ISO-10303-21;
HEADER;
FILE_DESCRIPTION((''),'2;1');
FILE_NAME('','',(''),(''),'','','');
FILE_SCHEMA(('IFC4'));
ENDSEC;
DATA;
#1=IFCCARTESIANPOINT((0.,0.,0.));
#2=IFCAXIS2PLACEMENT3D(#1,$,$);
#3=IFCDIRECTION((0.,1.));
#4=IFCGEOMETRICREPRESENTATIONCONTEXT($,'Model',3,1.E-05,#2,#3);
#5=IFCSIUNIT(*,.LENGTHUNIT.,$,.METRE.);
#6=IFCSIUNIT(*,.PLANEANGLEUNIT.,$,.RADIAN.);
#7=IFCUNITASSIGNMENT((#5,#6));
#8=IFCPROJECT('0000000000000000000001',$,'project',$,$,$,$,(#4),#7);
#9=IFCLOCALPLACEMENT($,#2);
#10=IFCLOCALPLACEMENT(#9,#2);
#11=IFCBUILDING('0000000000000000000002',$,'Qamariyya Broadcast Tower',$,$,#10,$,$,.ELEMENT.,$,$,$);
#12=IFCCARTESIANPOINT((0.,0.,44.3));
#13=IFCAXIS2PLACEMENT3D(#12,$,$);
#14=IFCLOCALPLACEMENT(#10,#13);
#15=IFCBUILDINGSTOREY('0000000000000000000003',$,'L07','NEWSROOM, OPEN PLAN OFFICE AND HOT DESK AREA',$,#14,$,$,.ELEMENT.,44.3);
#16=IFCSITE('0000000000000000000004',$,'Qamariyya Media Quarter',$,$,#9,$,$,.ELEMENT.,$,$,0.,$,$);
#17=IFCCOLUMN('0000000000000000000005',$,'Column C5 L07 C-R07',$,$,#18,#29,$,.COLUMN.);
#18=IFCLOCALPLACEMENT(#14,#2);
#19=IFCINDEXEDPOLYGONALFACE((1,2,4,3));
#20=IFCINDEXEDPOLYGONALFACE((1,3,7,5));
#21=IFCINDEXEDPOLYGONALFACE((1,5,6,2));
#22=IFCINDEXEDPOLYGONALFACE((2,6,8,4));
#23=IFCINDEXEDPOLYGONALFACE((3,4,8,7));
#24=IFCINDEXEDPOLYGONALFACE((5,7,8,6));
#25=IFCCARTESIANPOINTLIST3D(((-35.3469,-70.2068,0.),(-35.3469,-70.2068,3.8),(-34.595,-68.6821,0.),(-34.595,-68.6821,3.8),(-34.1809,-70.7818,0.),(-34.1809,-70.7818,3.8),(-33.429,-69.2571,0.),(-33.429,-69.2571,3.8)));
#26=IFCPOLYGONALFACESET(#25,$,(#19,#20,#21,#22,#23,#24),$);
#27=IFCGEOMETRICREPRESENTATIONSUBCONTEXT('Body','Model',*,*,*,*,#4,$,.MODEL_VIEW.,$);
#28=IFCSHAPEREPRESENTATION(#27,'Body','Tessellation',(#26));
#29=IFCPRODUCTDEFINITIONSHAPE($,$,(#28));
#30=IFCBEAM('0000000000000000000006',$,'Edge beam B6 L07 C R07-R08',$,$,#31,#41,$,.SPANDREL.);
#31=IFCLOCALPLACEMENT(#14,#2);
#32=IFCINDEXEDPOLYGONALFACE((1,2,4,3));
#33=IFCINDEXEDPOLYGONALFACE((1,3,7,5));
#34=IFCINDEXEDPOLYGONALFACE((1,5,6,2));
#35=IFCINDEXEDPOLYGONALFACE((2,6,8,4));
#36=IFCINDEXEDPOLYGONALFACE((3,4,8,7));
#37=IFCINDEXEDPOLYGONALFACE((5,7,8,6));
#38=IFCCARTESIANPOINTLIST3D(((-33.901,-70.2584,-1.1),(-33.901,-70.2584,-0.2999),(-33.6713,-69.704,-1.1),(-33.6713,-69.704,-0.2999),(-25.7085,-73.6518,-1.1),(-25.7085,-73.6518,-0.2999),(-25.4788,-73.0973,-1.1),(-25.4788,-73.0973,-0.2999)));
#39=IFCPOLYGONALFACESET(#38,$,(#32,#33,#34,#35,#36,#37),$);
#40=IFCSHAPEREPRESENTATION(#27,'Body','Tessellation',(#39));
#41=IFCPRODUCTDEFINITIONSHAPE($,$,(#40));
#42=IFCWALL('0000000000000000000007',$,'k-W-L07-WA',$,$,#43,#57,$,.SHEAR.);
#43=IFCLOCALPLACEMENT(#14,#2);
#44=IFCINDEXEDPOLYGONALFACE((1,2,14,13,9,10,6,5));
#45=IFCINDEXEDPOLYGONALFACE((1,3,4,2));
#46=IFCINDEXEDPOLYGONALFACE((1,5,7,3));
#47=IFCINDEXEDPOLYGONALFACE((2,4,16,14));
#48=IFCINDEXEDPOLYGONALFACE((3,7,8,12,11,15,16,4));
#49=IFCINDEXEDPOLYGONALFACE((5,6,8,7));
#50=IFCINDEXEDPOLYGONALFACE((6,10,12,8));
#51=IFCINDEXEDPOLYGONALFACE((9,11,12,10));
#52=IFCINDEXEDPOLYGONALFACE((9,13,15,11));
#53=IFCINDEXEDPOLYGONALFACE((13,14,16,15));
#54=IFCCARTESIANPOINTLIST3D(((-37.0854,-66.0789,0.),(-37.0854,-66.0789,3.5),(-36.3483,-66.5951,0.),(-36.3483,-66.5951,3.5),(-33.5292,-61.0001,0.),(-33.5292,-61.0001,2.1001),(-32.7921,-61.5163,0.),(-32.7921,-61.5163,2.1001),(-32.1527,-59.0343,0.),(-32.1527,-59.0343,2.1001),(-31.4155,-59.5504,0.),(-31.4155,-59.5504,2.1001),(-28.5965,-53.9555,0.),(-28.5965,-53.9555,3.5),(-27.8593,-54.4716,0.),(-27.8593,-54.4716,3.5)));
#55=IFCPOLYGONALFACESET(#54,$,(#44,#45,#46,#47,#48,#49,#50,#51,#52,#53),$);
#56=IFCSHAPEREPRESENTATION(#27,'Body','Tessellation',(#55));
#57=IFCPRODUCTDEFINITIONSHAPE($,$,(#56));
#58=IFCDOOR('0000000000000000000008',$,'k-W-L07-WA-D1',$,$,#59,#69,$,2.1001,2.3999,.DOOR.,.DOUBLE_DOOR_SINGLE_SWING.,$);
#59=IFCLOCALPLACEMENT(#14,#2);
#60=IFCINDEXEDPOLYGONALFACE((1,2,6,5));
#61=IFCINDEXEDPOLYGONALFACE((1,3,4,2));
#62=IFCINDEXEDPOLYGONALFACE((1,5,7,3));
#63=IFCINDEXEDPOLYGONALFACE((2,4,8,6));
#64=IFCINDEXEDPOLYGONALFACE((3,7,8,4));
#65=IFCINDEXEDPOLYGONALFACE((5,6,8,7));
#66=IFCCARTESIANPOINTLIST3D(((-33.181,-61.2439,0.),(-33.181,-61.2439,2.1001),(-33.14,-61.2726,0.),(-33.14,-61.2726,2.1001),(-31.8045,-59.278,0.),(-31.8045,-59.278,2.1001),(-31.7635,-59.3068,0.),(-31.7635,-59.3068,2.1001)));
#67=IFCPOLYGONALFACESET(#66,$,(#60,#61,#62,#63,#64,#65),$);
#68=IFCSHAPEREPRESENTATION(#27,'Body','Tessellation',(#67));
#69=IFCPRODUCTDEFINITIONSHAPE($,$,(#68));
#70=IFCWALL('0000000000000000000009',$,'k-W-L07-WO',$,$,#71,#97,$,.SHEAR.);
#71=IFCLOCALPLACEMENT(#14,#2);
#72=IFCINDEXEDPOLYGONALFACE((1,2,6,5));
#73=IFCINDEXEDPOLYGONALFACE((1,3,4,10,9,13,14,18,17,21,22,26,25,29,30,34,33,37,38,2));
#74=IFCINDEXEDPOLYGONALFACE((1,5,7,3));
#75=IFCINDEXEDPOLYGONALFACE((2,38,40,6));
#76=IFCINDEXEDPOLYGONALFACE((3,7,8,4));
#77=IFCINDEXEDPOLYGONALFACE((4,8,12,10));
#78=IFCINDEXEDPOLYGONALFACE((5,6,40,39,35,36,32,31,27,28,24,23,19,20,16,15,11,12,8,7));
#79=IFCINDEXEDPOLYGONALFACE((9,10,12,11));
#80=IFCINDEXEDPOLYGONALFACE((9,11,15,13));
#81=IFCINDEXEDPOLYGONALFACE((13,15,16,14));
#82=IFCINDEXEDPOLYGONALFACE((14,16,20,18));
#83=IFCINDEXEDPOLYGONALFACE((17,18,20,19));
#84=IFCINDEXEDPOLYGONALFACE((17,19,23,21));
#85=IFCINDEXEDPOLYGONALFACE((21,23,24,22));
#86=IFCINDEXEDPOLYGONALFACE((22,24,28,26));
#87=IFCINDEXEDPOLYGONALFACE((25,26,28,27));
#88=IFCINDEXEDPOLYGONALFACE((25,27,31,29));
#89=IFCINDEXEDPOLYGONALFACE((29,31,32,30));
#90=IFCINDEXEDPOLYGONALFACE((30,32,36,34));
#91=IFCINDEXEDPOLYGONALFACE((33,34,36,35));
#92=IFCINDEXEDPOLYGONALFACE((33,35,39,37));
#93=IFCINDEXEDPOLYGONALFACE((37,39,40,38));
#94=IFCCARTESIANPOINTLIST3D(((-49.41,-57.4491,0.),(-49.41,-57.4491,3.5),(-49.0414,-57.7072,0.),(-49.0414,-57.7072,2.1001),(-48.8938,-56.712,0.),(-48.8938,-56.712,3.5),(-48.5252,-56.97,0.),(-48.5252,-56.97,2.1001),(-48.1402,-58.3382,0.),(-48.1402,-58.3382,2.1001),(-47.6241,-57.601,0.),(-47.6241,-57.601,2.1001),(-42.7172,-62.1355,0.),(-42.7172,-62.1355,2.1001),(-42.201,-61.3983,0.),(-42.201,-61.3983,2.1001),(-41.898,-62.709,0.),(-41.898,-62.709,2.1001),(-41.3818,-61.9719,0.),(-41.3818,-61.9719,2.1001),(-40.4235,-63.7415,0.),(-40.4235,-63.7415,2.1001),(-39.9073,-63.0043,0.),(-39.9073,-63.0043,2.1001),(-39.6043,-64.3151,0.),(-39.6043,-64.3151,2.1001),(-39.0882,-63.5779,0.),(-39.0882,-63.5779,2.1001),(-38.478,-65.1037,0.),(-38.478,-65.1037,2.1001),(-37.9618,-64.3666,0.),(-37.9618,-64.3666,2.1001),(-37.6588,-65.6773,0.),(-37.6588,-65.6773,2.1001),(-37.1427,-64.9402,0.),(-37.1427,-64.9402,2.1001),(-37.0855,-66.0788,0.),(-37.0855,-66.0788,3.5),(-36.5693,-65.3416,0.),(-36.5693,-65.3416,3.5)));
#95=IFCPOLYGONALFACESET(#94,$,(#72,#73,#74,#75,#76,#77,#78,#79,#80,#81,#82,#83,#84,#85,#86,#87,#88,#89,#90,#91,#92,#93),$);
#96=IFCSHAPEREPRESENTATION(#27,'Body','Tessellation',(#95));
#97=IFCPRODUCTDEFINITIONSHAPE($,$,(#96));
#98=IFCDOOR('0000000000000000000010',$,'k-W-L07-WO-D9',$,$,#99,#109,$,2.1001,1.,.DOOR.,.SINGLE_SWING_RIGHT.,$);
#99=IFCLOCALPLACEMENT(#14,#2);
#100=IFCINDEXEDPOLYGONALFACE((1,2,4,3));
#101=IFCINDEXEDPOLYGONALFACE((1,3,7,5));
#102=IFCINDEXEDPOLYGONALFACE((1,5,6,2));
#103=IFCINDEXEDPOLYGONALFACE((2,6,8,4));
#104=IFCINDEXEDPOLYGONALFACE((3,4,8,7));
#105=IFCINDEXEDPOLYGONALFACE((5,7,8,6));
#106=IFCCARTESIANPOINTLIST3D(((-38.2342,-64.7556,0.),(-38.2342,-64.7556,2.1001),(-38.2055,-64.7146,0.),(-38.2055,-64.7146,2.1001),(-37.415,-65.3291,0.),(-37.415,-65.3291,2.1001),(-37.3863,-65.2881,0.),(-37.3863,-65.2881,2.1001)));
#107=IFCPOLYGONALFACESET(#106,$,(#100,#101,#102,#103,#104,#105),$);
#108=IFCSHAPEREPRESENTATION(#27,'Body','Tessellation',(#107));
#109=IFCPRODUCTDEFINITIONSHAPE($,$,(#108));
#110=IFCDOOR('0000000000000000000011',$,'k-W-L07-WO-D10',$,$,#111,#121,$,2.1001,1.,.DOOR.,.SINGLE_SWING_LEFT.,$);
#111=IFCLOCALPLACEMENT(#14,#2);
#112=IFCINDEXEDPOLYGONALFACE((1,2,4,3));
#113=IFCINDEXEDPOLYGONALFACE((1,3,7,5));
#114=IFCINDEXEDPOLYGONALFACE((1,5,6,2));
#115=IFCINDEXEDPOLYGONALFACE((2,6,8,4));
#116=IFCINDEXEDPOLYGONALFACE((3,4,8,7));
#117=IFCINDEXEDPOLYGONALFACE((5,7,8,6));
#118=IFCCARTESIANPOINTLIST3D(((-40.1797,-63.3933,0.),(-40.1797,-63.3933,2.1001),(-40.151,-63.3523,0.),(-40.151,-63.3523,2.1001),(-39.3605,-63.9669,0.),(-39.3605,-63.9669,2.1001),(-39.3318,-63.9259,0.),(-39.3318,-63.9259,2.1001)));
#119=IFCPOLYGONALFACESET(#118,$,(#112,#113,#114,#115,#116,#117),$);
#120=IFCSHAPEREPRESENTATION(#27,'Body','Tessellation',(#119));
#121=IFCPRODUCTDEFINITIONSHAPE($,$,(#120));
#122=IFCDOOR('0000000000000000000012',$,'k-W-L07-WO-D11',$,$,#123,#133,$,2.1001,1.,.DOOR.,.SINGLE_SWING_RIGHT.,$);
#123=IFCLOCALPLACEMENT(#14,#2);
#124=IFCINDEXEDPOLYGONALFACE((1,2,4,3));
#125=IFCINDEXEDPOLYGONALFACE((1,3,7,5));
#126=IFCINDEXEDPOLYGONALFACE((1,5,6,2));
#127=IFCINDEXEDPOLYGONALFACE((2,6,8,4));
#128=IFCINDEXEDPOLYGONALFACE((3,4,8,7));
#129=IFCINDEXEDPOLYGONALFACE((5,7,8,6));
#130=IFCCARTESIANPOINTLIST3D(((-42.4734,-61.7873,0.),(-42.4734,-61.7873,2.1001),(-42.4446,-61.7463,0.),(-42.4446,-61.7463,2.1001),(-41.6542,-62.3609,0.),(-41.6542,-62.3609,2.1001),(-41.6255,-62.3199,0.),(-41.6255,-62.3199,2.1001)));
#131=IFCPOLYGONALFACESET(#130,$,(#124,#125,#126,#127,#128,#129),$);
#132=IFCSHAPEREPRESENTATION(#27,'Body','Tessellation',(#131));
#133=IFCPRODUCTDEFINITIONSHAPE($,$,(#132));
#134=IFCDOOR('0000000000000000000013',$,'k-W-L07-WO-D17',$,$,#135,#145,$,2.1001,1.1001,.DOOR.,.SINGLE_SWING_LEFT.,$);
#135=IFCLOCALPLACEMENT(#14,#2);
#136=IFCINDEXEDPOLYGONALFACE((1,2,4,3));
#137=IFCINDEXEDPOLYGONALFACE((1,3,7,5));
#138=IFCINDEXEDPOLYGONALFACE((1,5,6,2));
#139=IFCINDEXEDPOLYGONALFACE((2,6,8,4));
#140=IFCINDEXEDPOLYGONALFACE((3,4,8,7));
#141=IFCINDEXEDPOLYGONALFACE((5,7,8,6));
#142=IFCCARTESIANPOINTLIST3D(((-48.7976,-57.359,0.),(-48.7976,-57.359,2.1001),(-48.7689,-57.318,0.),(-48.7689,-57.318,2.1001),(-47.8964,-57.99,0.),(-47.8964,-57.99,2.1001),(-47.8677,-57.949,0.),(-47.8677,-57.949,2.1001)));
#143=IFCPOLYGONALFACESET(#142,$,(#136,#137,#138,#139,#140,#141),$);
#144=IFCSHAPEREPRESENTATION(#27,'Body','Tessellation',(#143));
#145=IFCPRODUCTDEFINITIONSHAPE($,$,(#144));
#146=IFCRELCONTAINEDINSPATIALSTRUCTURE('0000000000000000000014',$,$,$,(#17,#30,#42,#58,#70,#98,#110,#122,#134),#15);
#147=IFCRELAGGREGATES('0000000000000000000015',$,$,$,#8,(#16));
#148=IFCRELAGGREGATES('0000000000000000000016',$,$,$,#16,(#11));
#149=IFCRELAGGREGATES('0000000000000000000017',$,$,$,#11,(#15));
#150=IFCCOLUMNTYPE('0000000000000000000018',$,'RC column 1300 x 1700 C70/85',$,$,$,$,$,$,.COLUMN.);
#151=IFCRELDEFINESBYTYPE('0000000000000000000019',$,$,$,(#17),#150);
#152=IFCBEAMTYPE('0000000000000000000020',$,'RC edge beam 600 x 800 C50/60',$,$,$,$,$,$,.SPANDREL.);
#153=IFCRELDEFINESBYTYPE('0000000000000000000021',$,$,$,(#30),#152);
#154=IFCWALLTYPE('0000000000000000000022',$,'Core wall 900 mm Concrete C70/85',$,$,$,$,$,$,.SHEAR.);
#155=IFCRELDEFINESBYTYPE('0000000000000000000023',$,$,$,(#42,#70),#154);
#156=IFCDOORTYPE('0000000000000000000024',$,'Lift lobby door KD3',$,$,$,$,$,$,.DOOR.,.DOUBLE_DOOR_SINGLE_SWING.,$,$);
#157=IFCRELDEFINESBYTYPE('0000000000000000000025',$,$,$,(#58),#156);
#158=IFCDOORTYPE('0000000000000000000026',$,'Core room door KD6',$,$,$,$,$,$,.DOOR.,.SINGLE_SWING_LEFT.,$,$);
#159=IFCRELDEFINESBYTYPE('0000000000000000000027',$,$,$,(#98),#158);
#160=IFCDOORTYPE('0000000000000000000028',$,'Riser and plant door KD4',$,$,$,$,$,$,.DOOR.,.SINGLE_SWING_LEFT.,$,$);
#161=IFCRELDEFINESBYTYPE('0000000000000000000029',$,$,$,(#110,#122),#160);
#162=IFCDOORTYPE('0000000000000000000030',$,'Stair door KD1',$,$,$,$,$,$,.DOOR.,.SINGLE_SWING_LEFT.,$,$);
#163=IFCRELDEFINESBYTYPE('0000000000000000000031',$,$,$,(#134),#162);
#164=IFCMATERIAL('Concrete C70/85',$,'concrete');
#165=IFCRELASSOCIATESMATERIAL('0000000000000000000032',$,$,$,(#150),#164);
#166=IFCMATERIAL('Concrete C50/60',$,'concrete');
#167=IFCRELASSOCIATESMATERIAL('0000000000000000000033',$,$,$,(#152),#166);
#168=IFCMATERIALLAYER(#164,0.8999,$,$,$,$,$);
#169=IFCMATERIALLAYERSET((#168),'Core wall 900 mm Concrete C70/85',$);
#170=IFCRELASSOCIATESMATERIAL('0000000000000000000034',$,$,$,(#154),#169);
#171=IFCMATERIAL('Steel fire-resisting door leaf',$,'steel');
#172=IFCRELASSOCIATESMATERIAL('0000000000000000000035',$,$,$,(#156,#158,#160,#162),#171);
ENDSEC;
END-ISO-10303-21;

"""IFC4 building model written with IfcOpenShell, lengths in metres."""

from ifc_helpers import new_model, si_unit, direction, frame, frame_2d, origin, origin_2d, place, context, subcontext, project, spatial, rectangle, extrude, material, layer, layer_set, material_profile, profile_set, type_object, element, fill, save


model = new_model("IFC4")

# Units and contexts
model_context = context("Model", 3, precision=1e-05, world=origin(), true_north=direction((0.0, 1.0)))
body_context = subcontext(model_context, "Body", "Model", "MODEL_VIEW")
ifc_project = project(units=[si_unit("LENGTHUNIT", "METRE"), si_unit("PLANEANGLEUNIT", "RADIAN")], contexts=[model_context])

# Site, building, storey
site_placement = place(None, origin())
site = spatial("IfcSite", under=ifc_project, at=site_placement, Name="Qamariyya Media Quarter", CompositionType="ELEMENT", RefElevation=0.0)
building_placement = place(site_placement, origin())
building = spatial("IfcBuilding", under=site, at=building_placement, Name="Qamariyya Broadcast Tower", CompositionType="ELEMENT")
storey_placement = place(building_placement, frame((0.0, 0.0, 44.3)))
storey = spatial("IfcBuildingStorey", under=building, at=storey_placement, Name="L07", Description="NEWSROOM, OPEN PLAN OFFICE AND HOT DESK AREA", CompositionType="ELEMENT", Elevation=44.3)

# Column
ifc_material_1 = material(Name="Concrete C70/85", Category="concrete")
ifc_material_profile_1 = material_profile(ifc_material_1, rectangle(XDim=1.3, YDim=1.7, at=origin_2d()))
ifc_profile_set_1 = profile_set([ifc_material_profile_1], Name="Concrete C70/85")
column_type = type_object("IfcColumnType", Name="RC column 1300 x 1700 C70/85", PredefinedType="COLUMN", material=ifc_profile_set_1)
column_placement = place(storey_placement, frame((-34.3879, -69.7319, 0.0), z_axis=(0.0, 0.0, 1.0), x_axis=(0.896873, -0.442289, 0.0)))
element("IfcColumn", 1, at=column_placement, inside=storey, type_object=column_type, Name="Column C5 L07 C-R07", PredefinedType="COLUMN", context=body_context, shape_type="SweptSolid", body=[
    extrude(rectangle(XDim=1.3, YDim=1.7, at=origin_2d()), origin(), (0.0, 0.0, 1.0), 3.8),
])

# Beam
ifc_material_2 = material(Name="Concrete C50/60", Category="concrete")
ifc_material_profile_2 = material_profile(ifc_material_2, rectangle(XDim=0.6001, YDim=0.8, at=origin_2d()))
ifc_profile_set_2 = profile_set([ifc_material_profile_2], Name="Concrete C50/60")
beam_type = type_object("IfcBeamType", Name="RC edge beam 600 x 800 C50/60", PredefinedType="SPANDREL", material=ifc_profile_set_2)
beam_placement = place(storey_placement, frame((-33.7861, -69.9812, -0.7), z_axis=(0.923883, -0.382675, 0.0), x_axis=(0.382675, 0.923883, 0.0)))
element("IfcBeam", 2, at=beam_placement, inside=storey, type_object=beam_type, Name="Edge beam B6 L07 C R07-R08", PredefinedType="SPANDREL", context=body_context, shape_type="SweptSolid", body=[
    extrude(rectangle(XDim=0.6001, YDim=0.8, at=origin_2d()), origin(), (0.0, 0.0, 1.0), 8.8674),
])

# Wall, opening, door
ifc_layer_1 = layer(ifc_material_1, 0.8999)
ifc_layer_set_1 = layer_set([ifc_layer_1], Name="Core wall 900 mm Concrete C70/85")
wall_type_1 = type_object("IfcWallType", Name="Core wall 900 mm Concrete C70/85", PredefinedType="SHEAR", material=ifc_layer_set_1)
wall_1_placement = place(storey_placement, frame((-36.7168, -66.3369, 0.0), z_axis=(0.0, 0.0, 1.0), x_axis=(0.573577, 0.819151, 0.0)))
wall_1 = element("IfcWall", 3, at=wall_1_placement, inside=storey, type_object=wall_type_1, Name="k-W-L07-WA", PredefinedType="SHEAR", context=body_context, shape_type="SweptSolid", body=[
    extrude(rectangle(XDim=14.8, YDim=0.8999, at=frame_2d((7.3999, 0.0))), origin(), (0.0, 0.0, 1.0), 3.5),
])
opening_1_placement = place(wall_1_placement, frame((6.2, 0.0, 0.0)))
opening_1 = element("IfcOpeningElement", 4, at=opening_1_placement, cuts=wall_1, PredefinedType="OPENING", context=body_context, shape_type="SweptSolid", body=[
    extrude(rectangle(XDim=2.3999, YDim=2.1001, at=frame_2d((1.2, 1.05))), frame((0.0, 0.46, 0.0), z_axis=(0.0, -1.0, 0.0), x_axis=(1.0, 0.0, 0.0)), (0.0, 0.0, 1.0), 0.9199),
])
ifc_material_3 = material(Name="Steel fire-resisting door leaf", Category="steel")
door_type_1 = type_object("IfcDoorType", Name="Lift lobby door KD3", OperationType="DOUBLE_DOOR_SINGLE_SWING", PredefinedType="DOOR", material=ifc_material_3)
door_1_placement = place(opening_1_placement, origin())
door_1 = element("IfcDoor", 5, at=door_1_placement, inside=storey, type_object=door_type_1, Name="k-W-L07-WA-D1", OperationType="DOUBLE_DOOR_SINGLE_SWING", OverallHeight=2.1001, OverallWidth=2.3999, PredefinedType="DOOR", context=body_context, shape_type="SweptSolid", body=[
    extrude(rectangle(XDim=2.3999, YDim=2.1001, at=frame_2d((1.2, 1.05))), frame((0.0, 0.0249, 0.0), z_axis=(0.0, -1.0, 0.0), x_axis=(1.0, 0.0, 0.0)), (0.0, 0.0, 1.0), 0.05),
])
fill(opening_1, door_1)

# Wall, openings, doors
wall_2_placement = place(storey_placement, frame((-36.8274, -65.7102, 0.0), z_axis=(0.0, 0.0, 1.0), x_axis=(-0.819153, 0.573575, 0.0)))
wall_2 = element("IfcWall", 6, at=wall_2_placement, inside=storey, type_object=wall_type_1, Name="k-W-L07-WO", PredefinedType="SHEAR", context=body_context, shape_type="SweptSolid", body=[
    extrude(rectangle(XDim=15.0454, YDim=0.8999, at=frame_2d((7.5227, 0.0))), origin(), (0.0, 0.0, 1.0), 3.5),
])
opening_2_placement = place(wall_2_placement, frame((0.7, 0.0, 0.0)))
opening_2 = element("IfcOpeningElement", 7, at=opening_2_placement, cuts=wall_2, PredefinedType="OPENING", context=body_context, shape_type="SweptSolid", body=[
    extrude(rectangle(XDim=1.0, YDim=2.1001, at=frame_2d((0.5, 1.05))), frame((0.0, 0.46, 0.0), z_axis=(0.0, -1.0, 0.0), x_axis=(1.0, 0.0, 0.0)), (0.0, 0.0, 1.0), 0.9199),
])
opening_3_placement = place(wall_2_placement, frame((3.075, 0.0, 0.0)))
opening_3 = element("IfcOpeningElement", 8, at=opening_3_placement, cuts=wall_2, PredefinedType="OPENING", context=body_context, shape_type="SweptSolid", body=[
    extrude(rectangle(XDim=1.0, YDim=2.1001, at=frame_2d((0.5, 1.05))), frame((0.0, 0.46, 0.0), z_axis=(0.0, -1.0, 0.0), x_axis=(1.0, 0.0, 0.0)), (0.0, 0.0, 1.0), 0.9199),
])
opening_4_placement = place(wall_2_placement, frame((5.875, 0.0, 0.0)))
opening_4 = element("IfcOpeningElement", 9, at=opening_4_placement, cuts=wall_2, PredefinedType="OPENING", context=body_context, shape_type="SweptSolid", body=[
    extrude(rectangle(XDim=1.0, YDim=2.1001, at=frame_2d((0.5, 1.05))), frame((0.0, 0.46, 0.0), z_axis=(0.0, -1.0, 0.0), x_axis=(1.0, 0.0, 0.0)), (0.0, 0.0, 1.0), 0.9199),
])
opening_5_placement = place(wall_2_placement, frame((13.4954, 0.0, 0.0)))
opening_5 = element("IfcOpeningElement", 10, at=opening_5_placement, cuts=wall_2, PredefinedType="OPENING", context=body_context, shape_type="SweptSolid", body=[
    extrude(rectangle(XDim=1.1001, YDim=2.1001, at=frame_2d((0.55, 1.05))), frame((0.0, 0.46, 0.0), z_axis=(0.0, -1.0, 0.0), x_axis=(1.0, 0.0, 0.0)), (0.0, 0.0, 1.0), 0.9199),
])
door_type_2 = type_object("IfcDoorType", Name="Core room door KD6", OperationType="SINGLE_SWING_LEFT", PredefinedType="DOOR", material=ifc_material_3)
door_2_placement = place(opening_2_placement, origin())
door_2 = element("IfcDoor", 11, at=door_2_placement, inside=storey, type_object=door_type_2, Name="k-W-L07-WO-D9", OperationType="SINGLE_SWING_RIGHT", OverallHeight=2.1001, OverallWidth=1.0, PredefinedType="DOOR", context=body_context, shape_type="SweptSolid", body=[
    extrude(rectangle(XDim=1.0, YDim=2.1001, at=frame_2d((0.5, 1.05))), frame((0.0, 0.0249, 0.0), z_axis=(0.0, -1.0, 0.0), x_axis=(1.0, 0.0, 0.0)), (0.0, 0.0, 1.0), 0.05),
])
fill(opening_2, door_2)
door_type_3 = type_object("IfcDoorType", Name="Riser and plant door KD4", OperationType="SINGLE_SWING_LEFT", PredefinedType="DOOR", material=ifc_material_3)
door_3_placement = place(opening_3_placement, origin())
door_3 = element("IfcDoor", 12, at=door_3_placement, inside=storey, type_object=door_type_3, Name="k-W-L07-WO-D10", OperationType="SINGLE_SWING_LEFT", OverallHeight=2.1001, OverallWidth=1.0, PredefinedType="DOOR", context=body_context, shape_type="SweptSolid", body=[
    extrude(rectangle(XDim=1.0, YDim=2.1001, at=frame_2d((0.5, 1.05))), frame((0.0, 0.0249, 0.0), z_axis=(0.0, -1.0, 0.0), x_axis=(1.0, 0.0, 0.0)), (0.0, 0.0, 1.0), 0.05),
])
fill(opening_3, door_3)
door_4_placement = place(opening_4_placement, origin())
door_4 = element("IfcDoor", 13, at=door_4_placement, inside=storey, type_object=door_type_3, Name="k-W-L07-WO-D11", OperationType="SINGLE_SWING_RIGHT", OverallHeight=2.1001, OverallWidth=1.0, PredefinedType="DOOR", context=body_context, shape_type="SweptSolid", body=[
    extrude(rectangle(XDim=1.0, YDim=2.1001, at=frame_2d((0.5, 1.05))), frame((0.0, 0.0249, 0.0), z_axis=(0.0, -1.0, 0.0), x_axis=(1.0, 0.0, 0.0)), (0.0, 0.0, 1.0), 0.05),
])
fill(opening_4, door_4)
door_type_4 = type_object("IfcDoorType", Name="Stair door KD1", OperationType="SINGLE_SWING_LEFT", PredefinedType="DOOR", material=ifc_material_3)
door_5_placement = place(opening_5_placement, origin())
door_5 = element("IfcDoor", 14, at=door_5_placement, inside=storey, type_object=door_type_4, Name="k-W-L07-WO-D17", OperationType="SINGLE_SWING_LEFT", OverallHeight=2.1001, OverallWidth=1.1001, PredefinedType="DOOR", context=body_context, shape_type="SweptSolid", body=[
    extrude(rectangle(XDim=1.1001, YDim=2.1001, at=frame_2d((0.55, 1.05))), frame((0.0, 0.0249, 0.0), z_axis=(0.0, -1.0, 0.0), x_axis=(1.0, 0.0, 0.0)), (0.0, 0.0, 1.0), 0.05),
])
fill(opening_5, door_5)

save(model, "model.ifc")
